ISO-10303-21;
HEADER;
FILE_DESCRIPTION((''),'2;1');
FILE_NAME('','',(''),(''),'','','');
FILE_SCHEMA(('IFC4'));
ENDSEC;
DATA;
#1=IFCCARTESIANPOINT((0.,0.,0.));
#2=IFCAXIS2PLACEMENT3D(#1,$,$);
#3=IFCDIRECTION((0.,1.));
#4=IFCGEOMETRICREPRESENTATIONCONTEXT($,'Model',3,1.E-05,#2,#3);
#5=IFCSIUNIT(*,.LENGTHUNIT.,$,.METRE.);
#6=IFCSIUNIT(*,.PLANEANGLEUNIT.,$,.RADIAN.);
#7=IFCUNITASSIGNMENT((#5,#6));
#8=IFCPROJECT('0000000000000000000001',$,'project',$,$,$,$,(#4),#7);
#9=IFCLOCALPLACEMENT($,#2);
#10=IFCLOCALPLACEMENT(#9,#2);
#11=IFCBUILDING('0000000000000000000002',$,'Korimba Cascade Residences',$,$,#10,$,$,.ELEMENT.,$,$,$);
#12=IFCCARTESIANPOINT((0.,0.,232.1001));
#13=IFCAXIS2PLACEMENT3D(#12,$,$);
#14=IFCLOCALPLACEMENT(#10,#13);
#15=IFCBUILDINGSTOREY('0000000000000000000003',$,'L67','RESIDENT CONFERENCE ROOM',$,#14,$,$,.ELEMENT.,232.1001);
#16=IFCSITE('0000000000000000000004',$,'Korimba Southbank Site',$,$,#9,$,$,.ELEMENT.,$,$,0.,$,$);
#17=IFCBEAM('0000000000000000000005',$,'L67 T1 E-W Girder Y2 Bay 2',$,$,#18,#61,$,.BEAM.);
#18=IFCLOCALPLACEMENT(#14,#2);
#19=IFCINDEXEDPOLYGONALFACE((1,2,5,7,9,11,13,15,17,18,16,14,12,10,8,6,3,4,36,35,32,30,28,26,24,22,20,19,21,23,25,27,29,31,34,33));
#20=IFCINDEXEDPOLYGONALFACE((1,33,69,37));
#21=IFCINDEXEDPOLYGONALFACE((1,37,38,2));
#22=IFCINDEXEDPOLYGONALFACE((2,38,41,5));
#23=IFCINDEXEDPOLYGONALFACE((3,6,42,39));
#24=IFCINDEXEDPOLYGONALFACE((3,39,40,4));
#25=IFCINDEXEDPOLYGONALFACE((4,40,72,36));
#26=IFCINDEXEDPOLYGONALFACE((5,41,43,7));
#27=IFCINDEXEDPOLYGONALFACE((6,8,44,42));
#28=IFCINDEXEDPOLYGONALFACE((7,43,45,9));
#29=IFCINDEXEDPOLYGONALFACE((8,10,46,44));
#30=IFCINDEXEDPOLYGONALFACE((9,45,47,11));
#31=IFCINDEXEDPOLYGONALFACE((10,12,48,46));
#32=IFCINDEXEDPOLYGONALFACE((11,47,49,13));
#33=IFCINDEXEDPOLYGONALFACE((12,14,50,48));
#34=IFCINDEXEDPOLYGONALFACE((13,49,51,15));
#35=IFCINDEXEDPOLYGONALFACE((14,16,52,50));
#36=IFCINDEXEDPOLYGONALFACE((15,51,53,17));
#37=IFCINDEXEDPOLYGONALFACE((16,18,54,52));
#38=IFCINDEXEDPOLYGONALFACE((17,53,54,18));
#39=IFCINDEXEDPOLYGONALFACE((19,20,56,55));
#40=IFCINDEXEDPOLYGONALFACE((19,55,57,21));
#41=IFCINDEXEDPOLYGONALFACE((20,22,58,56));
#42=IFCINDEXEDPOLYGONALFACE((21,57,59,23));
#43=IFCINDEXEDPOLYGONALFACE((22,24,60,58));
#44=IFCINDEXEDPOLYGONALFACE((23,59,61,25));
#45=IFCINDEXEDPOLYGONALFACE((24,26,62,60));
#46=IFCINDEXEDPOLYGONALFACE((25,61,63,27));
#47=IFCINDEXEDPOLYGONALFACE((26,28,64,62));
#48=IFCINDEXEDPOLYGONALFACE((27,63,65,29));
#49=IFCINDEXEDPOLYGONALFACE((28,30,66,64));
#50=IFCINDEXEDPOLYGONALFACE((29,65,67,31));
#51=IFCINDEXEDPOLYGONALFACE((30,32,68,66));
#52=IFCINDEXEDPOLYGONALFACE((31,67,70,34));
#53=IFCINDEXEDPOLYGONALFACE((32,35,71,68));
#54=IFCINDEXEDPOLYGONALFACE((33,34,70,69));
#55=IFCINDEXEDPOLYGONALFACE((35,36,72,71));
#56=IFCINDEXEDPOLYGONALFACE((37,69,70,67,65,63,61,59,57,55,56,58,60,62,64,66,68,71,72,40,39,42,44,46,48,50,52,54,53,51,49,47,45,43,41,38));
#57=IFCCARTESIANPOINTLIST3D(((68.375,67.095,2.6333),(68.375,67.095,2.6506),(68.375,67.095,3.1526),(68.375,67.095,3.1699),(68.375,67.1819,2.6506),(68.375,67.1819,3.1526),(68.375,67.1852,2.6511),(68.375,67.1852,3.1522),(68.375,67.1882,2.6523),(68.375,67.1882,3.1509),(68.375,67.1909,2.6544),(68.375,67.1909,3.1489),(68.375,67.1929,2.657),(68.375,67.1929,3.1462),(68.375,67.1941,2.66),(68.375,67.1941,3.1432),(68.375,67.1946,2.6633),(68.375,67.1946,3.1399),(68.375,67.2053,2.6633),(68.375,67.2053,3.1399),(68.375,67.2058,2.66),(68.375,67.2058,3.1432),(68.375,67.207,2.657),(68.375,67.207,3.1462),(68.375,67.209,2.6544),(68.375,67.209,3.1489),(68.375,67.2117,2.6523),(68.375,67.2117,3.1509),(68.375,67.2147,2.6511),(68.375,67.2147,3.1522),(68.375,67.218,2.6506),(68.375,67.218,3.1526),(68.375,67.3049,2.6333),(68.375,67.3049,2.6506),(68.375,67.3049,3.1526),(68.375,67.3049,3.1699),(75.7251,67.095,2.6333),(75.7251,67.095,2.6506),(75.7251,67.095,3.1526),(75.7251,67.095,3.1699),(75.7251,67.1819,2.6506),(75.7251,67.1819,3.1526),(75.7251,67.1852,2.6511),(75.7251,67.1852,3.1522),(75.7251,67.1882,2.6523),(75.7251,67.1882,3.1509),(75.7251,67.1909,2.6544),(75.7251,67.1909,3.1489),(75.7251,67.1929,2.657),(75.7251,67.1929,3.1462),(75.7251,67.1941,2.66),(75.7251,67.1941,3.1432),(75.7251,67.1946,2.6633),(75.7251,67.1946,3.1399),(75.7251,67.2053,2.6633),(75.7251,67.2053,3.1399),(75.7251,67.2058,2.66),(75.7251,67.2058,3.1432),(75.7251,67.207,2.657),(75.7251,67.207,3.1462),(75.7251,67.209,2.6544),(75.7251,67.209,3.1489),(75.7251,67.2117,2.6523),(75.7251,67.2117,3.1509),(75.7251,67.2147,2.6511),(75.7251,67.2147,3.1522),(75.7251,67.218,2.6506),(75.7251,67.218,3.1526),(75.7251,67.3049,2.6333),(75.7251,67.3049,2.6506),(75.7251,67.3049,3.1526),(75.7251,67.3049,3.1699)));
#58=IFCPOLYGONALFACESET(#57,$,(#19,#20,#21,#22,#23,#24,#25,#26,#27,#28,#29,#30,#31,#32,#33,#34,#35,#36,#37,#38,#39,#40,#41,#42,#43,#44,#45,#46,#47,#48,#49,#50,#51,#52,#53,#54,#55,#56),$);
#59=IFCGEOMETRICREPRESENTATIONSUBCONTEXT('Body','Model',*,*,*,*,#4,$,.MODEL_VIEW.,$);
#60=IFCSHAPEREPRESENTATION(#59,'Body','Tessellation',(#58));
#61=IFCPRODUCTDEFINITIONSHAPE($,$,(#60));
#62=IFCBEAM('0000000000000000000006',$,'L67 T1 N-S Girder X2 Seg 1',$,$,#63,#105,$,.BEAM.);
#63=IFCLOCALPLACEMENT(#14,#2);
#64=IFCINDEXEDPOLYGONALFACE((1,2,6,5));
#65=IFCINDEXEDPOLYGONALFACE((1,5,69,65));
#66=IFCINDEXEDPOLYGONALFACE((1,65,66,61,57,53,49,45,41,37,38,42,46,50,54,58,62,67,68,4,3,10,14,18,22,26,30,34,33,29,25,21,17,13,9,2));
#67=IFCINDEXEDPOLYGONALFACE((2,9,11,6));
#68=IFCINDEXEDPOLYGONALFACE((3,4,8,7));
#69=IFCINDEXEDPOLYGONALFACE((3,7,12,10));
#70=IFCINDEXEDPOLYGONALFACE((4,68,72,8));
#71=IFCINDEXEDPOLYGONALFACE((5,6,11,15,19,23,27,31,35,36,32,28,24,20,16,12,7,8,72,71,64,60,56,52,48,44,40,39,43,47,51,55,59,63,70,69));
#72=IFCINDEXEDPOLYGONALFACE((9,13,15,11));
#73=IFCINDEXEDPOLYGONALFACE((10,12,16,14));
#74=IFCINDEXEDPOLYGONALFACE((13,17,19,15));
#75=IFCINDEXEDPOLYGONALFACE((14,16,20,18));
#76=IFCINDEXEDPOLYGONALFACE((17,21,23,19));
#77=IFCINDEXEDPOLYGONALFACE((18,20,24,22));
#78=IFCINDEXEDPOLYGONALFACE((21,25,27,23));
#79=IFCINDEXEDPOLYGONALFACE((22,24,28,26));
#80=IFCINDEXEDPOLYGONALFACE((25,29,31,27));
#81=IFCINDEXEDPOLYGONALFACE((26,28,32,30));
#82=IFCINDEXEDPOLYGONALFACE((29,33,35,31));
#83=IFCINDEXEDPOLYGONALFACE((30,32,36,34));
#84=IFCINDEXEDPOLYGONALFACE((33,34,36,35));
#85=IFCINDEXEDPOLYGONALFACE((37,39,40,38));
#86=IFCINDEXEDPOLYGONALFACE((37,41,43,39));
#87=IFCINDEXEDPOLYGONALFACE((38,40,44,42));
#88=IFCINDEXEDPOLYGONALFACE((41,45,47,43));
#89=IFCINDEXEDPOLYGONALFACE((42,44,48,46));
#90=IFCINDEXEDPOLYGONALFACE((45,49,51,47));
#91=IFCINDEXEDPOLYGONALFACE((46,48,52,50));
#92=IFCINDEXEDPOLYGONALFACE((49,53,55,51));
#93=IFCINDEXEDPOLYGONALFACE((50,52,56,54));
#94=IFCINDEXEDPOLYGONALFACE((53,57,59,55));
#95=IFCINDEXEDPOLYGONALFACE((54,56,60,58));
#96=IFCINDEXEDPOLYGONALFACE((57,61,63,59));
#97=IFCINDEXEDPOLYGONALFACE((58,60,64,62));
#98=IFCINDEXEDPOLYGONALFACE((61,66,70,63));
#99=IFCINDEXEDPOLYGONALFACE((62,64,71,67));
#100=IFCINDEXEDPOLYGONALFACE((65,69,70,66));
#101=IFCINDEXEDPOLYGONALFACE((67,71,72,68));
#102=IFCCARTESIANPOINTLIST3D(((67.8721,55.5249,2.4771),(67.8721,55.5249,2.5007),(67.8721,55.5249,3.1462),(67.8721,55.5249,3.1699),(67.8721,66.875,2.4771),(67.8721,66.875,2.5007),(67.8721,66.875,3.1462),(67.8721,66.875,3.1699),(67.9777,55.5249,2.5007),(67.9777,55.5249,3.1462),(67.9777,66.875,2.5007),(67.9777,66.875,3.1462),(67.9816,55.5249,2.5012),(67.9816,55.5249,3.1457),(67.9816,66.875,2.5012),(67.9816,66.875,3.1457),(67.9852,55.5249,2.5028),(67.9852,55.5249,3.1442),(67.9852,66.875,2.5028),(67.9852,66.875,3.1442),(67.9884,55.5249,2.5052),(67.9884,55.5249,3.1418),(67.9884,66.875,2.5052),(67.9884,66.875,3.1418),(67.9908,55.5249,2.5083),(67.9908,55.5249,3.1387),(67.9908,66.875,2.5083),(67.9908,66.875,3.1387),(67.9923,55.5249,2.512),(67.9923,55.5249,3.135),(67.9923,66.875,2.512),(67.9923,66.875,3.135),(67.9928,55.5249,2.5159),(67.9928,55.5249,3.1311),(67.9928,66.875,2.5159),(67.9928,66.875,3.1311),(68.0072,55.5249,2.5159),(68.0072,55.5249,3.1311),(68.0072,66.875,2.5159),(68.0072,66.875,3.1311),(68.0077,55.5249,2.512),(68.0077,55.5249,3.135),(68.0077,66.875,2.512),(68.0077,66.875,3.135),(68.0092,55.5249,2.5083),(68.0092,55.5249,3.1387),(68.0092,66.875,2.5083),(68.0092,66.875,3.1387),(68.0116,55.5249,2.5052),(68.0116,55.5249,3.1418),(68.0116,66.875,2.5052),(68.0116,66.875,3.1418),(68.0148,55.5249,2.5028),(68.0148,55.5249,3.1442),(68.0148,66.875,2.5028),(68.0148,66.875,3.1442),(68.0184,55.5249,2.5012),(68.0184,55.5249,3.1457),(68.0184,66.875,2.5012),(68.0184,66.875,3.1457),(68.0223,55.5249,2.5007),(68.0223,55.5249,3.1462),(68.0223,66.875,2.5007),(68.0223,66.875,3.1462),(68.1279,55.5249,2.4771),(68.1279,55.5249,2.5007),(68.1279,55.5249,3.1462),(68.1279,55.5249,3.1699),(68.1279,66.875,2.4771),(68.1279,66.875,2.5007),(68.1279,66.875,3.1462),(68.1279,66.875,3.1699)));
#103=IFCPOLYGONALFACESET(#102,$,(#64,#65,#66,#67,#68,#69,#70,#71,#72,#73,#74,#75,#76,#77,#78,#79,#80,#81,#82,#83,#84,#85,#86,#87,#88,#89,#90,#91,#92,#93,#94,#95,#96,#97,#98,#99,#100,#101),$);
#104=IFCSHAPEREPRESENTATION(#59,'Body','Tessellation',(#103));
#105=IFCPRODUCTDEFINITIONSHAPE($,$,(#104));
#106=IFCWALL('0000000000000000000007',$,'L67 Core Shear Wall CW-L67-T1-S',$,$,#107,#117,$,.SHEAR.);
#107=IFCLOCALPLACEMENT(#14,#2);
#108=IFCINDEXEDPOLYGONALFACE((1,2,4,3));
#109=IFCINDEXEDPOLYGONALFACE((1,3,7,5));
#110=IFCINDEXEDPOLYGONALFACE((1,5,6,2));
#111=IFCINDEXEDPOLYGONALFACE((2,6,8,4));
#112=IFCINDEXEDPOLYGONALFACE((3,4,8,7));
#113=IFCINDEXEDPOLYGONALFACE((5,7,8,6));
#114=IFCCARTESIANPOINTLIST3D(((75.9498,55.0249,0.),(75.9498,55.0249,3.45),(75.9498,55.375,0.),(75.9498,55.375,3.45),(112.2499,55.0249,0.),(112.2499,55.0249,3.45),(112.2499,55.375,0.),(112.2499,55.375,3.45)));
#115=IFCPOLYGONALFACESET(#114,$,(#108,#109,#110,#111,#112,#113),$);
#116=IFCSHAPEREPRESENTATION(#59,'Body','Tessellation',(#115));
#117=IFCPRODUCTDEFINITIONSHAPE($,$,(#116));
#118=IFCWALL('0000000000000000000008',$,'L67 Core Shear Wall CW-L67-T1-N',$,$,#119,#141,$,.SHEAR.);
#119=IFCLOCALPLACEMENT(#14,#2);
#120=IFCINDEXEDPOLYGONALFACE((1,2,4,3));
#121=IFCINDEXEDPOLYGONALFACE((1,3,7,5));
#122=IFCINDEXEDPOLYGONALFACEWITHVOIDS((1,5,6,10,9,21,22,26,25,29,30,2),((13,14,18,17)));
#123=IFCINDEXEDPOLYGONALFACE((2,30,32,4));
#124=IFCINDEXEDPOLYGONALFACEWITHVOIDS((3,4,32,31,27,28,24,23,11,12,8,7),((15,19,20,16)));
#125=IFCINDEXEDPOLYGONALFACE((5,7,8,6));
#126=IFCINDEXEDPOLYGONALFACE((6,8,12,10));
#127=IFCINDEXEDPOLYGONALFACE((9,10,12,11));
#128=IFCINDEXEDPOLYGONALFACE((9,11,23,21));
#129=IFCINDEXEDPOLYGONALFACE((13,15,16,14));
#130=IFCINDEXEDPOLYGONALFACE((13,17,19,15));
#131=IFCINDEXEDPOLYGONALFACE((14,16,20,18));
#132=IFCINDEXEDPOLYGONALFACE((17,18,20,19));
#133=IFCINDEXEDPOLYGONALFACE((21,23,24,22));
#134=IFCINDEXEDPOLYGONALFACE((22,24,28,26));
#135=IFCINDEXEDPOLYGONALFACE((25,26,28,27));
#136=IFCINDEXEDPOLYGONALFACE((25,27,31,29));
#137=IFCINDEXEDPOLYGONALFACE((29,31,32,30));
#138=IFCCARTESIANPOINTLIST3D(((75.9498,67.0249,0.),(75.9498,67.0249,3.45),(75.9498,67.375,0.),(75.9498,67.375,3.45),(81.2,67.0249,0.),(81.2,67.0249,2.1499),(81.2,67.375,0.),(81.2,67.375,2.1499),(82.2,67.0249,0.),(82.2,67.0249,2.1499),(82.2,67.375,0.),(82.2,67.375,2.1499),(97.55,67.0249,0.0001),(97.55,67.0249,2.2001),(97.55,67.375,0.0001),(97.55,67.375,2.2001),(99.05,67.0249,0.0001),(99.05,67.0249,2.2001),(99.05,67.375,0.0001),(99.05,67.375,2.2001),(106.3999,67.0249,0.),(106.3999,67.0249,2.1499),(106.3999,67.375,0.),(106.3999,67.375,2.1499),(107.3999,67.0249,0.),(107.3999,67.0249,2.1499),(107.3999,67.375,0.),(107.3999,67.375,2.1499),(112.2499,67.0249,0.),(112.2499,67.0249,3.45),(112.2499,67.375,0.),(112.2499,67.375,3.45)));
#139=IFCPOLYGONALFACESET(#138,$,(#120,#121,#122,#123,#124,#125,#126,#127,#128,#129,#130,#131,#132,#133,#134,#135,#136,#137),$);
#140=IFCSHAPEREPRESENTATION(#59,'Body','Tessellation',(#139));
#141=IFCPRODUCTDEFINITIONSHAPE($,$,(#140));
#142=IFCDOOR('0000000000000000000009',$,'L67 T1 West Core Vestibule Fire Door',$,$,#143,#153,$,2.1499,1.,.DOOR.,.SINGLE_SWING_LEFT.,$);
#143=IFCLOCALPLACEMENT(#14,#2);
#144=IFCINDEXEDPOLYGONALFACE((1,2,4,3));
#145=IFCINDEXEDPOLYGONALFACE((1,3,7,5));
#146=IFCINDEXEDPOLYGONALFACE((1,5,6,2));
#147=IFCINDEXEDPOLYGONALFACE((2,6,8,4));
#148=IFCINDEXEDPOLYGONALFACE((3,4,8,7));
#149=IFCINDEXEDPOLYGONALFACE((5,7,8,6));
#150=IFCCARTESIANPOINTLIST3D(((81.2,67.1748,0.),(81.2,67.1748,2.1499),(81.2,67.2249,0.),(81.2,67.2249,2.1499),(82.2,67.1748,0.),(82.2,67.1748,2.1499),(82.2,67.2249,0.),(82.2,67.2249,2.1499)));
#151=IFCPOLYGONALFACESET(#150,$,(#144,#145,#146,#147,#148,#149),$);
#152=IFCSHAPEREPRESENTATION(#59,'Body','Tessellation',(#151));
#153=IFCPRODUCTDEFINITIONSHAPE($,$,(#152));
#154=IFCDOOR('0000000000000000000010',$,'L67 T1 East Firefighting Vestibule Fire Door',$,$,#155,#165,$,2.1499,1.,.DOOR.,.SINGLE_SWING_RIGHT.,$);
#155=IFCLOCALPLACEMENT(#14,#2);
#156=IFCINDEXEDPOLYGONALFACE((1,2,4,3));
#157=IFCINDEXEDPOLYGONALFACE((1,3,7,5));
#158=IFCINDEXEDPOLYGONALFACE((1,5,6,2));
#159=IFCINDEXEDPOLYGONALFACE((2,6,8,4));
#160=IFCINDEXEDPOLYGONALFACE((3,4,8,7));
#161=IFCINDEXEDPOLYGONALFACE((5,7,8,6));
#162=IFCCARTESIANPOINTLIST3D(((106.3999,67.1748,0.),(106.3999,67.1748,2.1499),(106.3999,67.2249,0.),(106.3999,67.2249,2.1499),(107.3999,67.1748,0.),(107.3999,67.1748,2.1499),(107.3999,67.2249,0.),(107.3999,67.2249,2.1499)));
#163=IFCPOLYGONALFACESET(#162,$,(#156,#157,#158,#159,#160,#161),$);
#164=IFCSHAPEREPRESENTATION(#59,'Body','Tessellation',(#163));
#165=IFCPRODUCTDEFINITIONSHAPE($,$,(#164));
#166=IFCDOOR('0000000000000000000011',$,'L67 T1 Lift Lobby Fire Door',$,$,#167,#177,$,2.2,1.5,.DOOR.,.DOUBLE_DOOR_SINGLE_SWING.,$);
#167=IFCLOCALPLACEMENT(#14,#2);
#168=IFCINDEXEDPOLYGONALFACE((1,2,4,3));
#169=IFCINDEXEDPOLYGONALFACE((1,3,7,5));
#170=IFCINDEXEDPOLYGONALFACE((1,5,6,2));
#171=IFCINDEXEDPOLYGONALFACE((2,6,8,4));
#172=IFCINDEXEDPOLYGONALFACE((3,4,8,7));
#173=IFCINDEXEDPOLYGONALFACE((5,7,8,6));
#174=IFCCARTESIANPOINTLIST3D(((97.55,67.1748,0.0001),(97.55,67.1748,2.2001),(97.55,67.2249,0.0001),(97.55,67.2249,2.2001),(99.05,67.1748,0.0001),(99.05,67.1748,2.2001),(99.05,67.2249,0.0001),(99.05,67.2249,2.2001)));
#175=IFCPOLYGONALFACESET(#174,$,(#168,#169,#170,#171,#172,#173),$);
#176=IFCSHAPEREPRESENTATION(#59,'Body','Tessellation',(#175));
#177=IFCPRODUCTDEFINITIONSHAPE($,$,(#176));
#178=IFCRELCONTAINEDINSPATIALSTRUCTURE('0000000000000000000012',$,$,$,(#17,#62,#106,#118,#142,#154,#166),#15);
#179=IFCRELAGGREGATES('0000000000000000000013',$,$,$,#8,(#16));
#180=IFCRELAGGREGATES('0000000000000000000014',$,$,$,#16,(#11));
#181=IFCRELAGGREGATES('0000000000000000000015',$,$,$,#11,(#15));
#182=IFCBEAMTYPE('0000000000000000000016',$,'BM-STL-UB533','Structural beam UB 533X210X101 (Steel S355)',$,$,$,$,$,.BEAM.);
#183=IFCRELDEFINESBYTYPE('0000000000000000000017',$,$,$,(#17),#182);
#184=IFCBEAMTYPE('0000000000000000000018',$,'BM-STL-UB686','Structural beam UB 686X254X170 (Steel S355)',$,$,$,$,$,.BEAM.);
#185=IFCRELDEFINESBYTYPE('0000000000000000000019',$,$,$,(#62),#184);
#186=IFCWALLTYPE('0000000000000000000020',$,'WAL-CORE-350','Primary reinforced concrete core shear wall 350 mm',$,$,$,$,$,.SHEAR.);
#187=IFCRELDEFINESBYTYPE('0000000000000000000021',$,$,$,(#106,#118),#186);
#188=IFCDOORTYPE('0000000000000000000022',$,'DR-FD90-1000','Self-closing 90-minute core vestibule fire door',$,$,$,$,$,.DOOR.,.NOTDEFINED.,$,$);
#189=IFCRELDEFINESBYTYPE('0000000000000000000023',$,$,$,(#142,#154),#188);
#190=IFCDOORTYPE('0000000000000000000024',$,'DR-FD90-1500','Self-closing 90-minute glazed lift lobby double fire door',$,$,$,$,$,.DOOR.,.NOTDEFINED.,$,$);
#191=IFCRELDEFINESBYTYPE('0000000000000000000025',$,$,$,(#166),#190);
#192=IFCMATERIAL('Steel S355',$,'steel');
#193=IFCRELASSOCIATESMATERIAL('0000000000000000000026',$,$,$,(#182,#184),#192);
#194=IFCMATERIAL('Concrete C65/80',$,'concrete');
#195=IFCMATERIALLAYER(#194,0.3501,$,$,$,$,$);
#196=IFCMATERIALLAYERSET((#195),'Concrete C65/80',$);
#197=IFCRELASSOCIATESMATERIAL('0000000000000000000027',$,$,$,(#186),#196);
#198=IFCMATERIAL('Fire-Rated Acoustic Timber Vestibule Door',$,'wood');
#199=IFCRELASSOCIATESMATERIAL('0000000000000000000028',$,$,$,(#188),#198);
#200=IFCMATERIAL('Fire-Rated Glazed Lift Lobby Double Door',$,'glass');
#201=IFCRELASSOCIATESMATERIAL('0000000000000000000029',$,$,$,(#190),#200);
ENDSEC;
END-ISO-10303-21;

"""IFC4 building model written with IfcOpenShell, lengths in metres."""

from ifc_helpers import new_model, si_unit, direction, frame, frame_2d, origin, origin_2d, place, context, subcontext, project, spatial, rectangle, i_section, extrude, material, layer, layer_set, material_profile, profile_set, type_object, element, fill, save


model = new_model("IFC4")

# Units and contexts
model_context = context("Model", 3, precision=1e-05, world=origin(), true_north=direction((0.0, 1.0)))
body_context = subcontext(model_context, "Body", "Model", "MODEL_VIEW")
ifc_project = project(units=[si_unit("LENGTHUNIT", "METRE"), si_unit("PLANEANGLEUNIT", "RADIAN")], contexts=[model_context])

# Site, building, storey
site_placement = place(None, origin())
site = spatial("IfcSite", under=ifc_project, at=site_placement, Name="Korimba Southbank Site", CompositionType="ELEMENT", RefElevation=0.0)
building_placement = place(site_placement, origin())
building = spatial("IfcBuilding", under=site, at=building_placement, Name="Korimba Cascade Residences", CompositionType="ELEMENT")
storey_placement = place(building_placement, frame((0.0, 0.0, 232.1001)))
storey = spatial("IfcBuildingStorey", under=building, at=storey_placement, Name="L67", Description="RESIDENT CONFERENCE ROOM", CompositionType="ELEMENT", Elevation=232.1001)

# Beams
ifc_material_1 = material(Name="Steel S355", Category="steel")
ifc_material_profile_1 = material_profile(ifc_material_1, i_section(OverallWidth=0.21, OverallDepth=0.5366, WebThickness=0.0107, FlangeThickness=0.0173, FilletRadius=0.0127, at=origin_2d()), Name="Steel S355")
ifc_profile_set_1 = profile_set([ifc_material_profile_1], Name="Steel S355")
beam_type_1 = type_object("IfcBeamType", Name="BM-STL-UB533", Description="Structural beam UB 533X210X101 (Steel S355)", PredefinedType="BEAM", material=ifc_profile_set_1)
beam_1_placement = place(storey_placement, frame((68.375, 67.2, 2.9016), z_axis=(1.0, 0.0, 0.0), x_axis=(0.0, 1.0, 0.0)))
element("IfcBeam", 1, at=beam_1_placement, inside=storey, type_object=beam_type_1, Name="L67 T1 E-W Girder Y2 Bay 2", PredefinedType="BEAM", context=body_context, shape_type="SweptSolid", body=[
    extrude(i_section(OverallWidth=0.21, OverallDepth=0.5366, WebThickness=0.0107, FlangeThickness=0.0173, FilletRadius=0.0127, at=origin_2d()), origin(), (0.0, 0.0, 1.0), 7.3501),
])
ifc_material_profile_2 = material_profile(ifc_material_1, i_section(OverallWidth=0.2559, OverallDepth=0.6929, WebThickness=0.0144, FlangeThickness=0.0237, FilletRadius=0.0151, at=origin_2d()), Name="Steel S355")
ifc_profile_set_2 = profile_set([ifc_material_profile_2], Name="Steel S355")
beam_type_2 = type_object("IfcBeamType", Name="BM-STL-UB686", Description="Structural beam UB 686X254X170 (Steel S355)", PredefinedType="BEAM", material=ifc_profile_set_2)
beam_2_placement = place(storey_placement, frame((68.0, 55.5249, 2.8235), z_axis=(0.0, 1.0, 0.0), x_axis=(-1.0, 0.0, 0.0)))
element("IfcBeam", 2, at=beam_2_placement, inside=storey, type_object=beam_type_2, Name="L67 T1 N-S Girder X2 Seg 1", PredefinedType="BEAM", context=body_context, shape_type="SweptSolid", body=[
    extrude(i_section(OverallWidth=0.2559, OverallDepth=0.6929, WebThickness=0.0144, FlangeThickness=0.0237, FilletRadius=0.0151, at=origin_2d()), origin(), (0.0, 0.0, 1.0), 11.3501),
])

# Wall
ifc_material_2 = material(Name="Concrete C65/80", Category="concrete")
ifc_layer_1 = layer(ifc_material_2, 0.3501)
ifc_layer_set_1 = layer_set([ifc_layer_1], Name="Concrete C65/80")
wall_type_1 = type_object("IfcWallType", Name="WAL-CORE-350", Description="Primary reinforced concrete core shear wall 350 mm", PredefinedType="SHEAR", material=ifc_layer_set_1)
wall_1_placement = place(storey_placement, frame((75.95, 55.2, 0.0), z_axis=(0.0, 0.0, 1.0), x_axis=(1.0, 0.0, 0.0)))
element("IfcWall", 3, at=wall_1_placement, inside=storey, type_object=wall_type_1, Name="L67 Core Shear Wall CW-L67-T1-S", PredefinedType="SHEAR", context=body_context, shape_type="SweptSolid", body=[
    extrude(rectangle(XDim=36.3, YDim=0.3501, at=frame_2d((18.1499, 0.0))), origin(), (0.0, 0.0, 1.0), 3.45),
])

# Wall, openings, doors
wall_2_placement = place(storey_placement, frame((75.95, 67.2, 0.0), z_axis=(0.0, 0.0, 1.0), x_axis=(1.0, 0.0, 0.0)))
wall_2 = element("IfcWall", 4, at=wall_2_placement, inside=storey, type_object=wall_type_1, Name="L67 Core Shear Wall CW-L67-T1-N", PredefinedType="SHEAR", context=body_context, shape_type="SweptSolid", body=[
    extrude(rectangle(XDim=36.3, YDim=0.3501, at=frame_2d((18.1499, 0.0))), origin(), (0.0, 0.0, 1.0), 3.45),
])
opening_1_placement = place(wall_2_placement, frame((5.25, 0.0, 0.0)))
opening_1 = element("IfcOpeningElement", 5, at=opening_1_placement, cuts=wall_2, PredefinedType="OPENING", context=body_context, shape_type="SweptSolid", body=[
    extrude(rectangle(XDim=1.0, YDim=2.1499, at=frame_2d((0.5, 1.075))), frame((0.0, 0.1851, 0.0), z_axis=(0.0, -1.0, 0.0), x_axis=(1.0, 0.0, 0.0)), (0.0, 0.0, 1.0), 0.3701),
])
opening_2_placement = place(wall_2_placement, frame((21.6001, 0.0, 0.0)))
opening_2 = element("IfcOpeningElement", 6, at=opening_2_placement, cuts=wall_2, PredefinedType="OPENING", context=body_context, shape_type="SweptSolid", body=[
    extrude(rectangle(XDim=1.5, YDim=2.2, at=frame_2d((0.75, 1.1001))), frame((0.0, 0.1851, 0.0), z_axis=(0.0, -1.0, 0.0), x_axis=(1.0, 0.0, 0.0)), (0.0, 0.0, 1.0), 0.3701),
])
opening_3_placement = place(wall_2_placement, frame((30.45, 0.0, 0.0)))
opening_3 = element("IfcOpeningElement", 7, at=opening_3_placement, cuts=wall_2, PredefinedType="OPENING", context=body_context, shape_type="SweptSolid", body=[
    extrude(rectangle(XDim=1.0, YDim=2.1499, at=frame_2d((0.5, 1.075))), frame((0.0, 0.1851, 0.0), z_axis=(0.0, -1.0, 0.0), x_axis=(1.0, 0.0, 0.0)), (0.0, 0.0, 1.0), 0.3701),
])
ifc_material_3 = material(Name="Fire-Rated Acoustic Timber Vestibule Door", Category="wood")
door_type_1 = type_object("IfcDoorType", Name="DR-FD90-1000", Description="Self-closing 90-minute core vestibule fire door", OperationType="NOTDEFINED", PredefinedType="DOOR", material=ifc_material_3)
door_1_placement = place(opening_1_placement, origin())
door_1 = element("IfcDoor", 8, at=door_1_placement, inside=storey, type_object=door_type_1, Name="L67 T1 West Core Vestibule Fire Door", OperationType="SINGLE_SWING_LEFT", OverallHeight=2.1499, OverallWidth=1.0, PredefinedType="DOOR", context=body_context, shape_type="SweptSolid", body=[
    extrude(rectangle(XDim=1.0, YDim=2.1499, at=frame_2d((0.5, 1.075))), frame((0.0, 0.0249, 0.0), z_axis=(0.0, -1.0, 0.0), x_axis=(1.0, 0.0, 0.0)), (0.0, 0.0, 1.0), 0.05),
])
fill(opening_1, door_1)
door_2_placement = place(opening_3_placement, origin())
door_2 = element("IfcDoor", 9, at=door_2_placement, inside=storey, type_object=door_type_1, Name="L67 T1 East Firefighting Vestibule Fire Door", OperationType="SINGLE_SWING_RIGHT", OverallHeight=2.1499, OverallWidth=1.0, PredefinedType="DOOR", context=body_context, shape_type="SweptSolid", body=[
    extrude(rectangle(XDim=1.0, YDim=2.1499, at=frame_2d((0.5, 1.075))), frame((0.0, 0.0249, 0.0), z_axis=(0.0, -1.0, 0.0), x_axis=(1.0, 0.0, 0.0)), (0.0, 0.0, 1.0), 0.05),
])
fill(opening_3, door_2)
ifc_material_4 = material(Name="Fire-Rated Glazed Lift Lobby Double Door", Category="glass")
door_type_2 = type_object("IfcDoorType", Name="DR-FD90-1500", Description="Self-closing 90-minute glazed lift lobby double fire door", OperationType="NOTDEFINED", PredefinedType="DOOR", material=ifc_material_4)
door_3_placement = place(opening_2_placement, origin())
door_3 = element("IfcDoor", 10, at=door_3_placement, inside=storey, type_object=door_type_2, Name="L67 T1 Lift Lobby Fire Door", OperationType="DOUBLE_DOOR_SINGLE_SWING", OverallHeight=2.2, OverallWidth=1.5, PredefinedType="DOOR", context=body_context, shape_type="SweptSolid", body=[
    extrude(rectangle(XDim=1.5, YDim=2.2, at=frame_2d((0.75, 1.1001))), frame((0.0, 0.0249, 0.0), z_axis=(0.0, -1.0, 0.0), x_axis=(1.0, 0.0, 0.0)), (0.0, 0.0, 1.0), 0.05),
])
fill(opening_2, door_3)

save(model, "model.ifc")
